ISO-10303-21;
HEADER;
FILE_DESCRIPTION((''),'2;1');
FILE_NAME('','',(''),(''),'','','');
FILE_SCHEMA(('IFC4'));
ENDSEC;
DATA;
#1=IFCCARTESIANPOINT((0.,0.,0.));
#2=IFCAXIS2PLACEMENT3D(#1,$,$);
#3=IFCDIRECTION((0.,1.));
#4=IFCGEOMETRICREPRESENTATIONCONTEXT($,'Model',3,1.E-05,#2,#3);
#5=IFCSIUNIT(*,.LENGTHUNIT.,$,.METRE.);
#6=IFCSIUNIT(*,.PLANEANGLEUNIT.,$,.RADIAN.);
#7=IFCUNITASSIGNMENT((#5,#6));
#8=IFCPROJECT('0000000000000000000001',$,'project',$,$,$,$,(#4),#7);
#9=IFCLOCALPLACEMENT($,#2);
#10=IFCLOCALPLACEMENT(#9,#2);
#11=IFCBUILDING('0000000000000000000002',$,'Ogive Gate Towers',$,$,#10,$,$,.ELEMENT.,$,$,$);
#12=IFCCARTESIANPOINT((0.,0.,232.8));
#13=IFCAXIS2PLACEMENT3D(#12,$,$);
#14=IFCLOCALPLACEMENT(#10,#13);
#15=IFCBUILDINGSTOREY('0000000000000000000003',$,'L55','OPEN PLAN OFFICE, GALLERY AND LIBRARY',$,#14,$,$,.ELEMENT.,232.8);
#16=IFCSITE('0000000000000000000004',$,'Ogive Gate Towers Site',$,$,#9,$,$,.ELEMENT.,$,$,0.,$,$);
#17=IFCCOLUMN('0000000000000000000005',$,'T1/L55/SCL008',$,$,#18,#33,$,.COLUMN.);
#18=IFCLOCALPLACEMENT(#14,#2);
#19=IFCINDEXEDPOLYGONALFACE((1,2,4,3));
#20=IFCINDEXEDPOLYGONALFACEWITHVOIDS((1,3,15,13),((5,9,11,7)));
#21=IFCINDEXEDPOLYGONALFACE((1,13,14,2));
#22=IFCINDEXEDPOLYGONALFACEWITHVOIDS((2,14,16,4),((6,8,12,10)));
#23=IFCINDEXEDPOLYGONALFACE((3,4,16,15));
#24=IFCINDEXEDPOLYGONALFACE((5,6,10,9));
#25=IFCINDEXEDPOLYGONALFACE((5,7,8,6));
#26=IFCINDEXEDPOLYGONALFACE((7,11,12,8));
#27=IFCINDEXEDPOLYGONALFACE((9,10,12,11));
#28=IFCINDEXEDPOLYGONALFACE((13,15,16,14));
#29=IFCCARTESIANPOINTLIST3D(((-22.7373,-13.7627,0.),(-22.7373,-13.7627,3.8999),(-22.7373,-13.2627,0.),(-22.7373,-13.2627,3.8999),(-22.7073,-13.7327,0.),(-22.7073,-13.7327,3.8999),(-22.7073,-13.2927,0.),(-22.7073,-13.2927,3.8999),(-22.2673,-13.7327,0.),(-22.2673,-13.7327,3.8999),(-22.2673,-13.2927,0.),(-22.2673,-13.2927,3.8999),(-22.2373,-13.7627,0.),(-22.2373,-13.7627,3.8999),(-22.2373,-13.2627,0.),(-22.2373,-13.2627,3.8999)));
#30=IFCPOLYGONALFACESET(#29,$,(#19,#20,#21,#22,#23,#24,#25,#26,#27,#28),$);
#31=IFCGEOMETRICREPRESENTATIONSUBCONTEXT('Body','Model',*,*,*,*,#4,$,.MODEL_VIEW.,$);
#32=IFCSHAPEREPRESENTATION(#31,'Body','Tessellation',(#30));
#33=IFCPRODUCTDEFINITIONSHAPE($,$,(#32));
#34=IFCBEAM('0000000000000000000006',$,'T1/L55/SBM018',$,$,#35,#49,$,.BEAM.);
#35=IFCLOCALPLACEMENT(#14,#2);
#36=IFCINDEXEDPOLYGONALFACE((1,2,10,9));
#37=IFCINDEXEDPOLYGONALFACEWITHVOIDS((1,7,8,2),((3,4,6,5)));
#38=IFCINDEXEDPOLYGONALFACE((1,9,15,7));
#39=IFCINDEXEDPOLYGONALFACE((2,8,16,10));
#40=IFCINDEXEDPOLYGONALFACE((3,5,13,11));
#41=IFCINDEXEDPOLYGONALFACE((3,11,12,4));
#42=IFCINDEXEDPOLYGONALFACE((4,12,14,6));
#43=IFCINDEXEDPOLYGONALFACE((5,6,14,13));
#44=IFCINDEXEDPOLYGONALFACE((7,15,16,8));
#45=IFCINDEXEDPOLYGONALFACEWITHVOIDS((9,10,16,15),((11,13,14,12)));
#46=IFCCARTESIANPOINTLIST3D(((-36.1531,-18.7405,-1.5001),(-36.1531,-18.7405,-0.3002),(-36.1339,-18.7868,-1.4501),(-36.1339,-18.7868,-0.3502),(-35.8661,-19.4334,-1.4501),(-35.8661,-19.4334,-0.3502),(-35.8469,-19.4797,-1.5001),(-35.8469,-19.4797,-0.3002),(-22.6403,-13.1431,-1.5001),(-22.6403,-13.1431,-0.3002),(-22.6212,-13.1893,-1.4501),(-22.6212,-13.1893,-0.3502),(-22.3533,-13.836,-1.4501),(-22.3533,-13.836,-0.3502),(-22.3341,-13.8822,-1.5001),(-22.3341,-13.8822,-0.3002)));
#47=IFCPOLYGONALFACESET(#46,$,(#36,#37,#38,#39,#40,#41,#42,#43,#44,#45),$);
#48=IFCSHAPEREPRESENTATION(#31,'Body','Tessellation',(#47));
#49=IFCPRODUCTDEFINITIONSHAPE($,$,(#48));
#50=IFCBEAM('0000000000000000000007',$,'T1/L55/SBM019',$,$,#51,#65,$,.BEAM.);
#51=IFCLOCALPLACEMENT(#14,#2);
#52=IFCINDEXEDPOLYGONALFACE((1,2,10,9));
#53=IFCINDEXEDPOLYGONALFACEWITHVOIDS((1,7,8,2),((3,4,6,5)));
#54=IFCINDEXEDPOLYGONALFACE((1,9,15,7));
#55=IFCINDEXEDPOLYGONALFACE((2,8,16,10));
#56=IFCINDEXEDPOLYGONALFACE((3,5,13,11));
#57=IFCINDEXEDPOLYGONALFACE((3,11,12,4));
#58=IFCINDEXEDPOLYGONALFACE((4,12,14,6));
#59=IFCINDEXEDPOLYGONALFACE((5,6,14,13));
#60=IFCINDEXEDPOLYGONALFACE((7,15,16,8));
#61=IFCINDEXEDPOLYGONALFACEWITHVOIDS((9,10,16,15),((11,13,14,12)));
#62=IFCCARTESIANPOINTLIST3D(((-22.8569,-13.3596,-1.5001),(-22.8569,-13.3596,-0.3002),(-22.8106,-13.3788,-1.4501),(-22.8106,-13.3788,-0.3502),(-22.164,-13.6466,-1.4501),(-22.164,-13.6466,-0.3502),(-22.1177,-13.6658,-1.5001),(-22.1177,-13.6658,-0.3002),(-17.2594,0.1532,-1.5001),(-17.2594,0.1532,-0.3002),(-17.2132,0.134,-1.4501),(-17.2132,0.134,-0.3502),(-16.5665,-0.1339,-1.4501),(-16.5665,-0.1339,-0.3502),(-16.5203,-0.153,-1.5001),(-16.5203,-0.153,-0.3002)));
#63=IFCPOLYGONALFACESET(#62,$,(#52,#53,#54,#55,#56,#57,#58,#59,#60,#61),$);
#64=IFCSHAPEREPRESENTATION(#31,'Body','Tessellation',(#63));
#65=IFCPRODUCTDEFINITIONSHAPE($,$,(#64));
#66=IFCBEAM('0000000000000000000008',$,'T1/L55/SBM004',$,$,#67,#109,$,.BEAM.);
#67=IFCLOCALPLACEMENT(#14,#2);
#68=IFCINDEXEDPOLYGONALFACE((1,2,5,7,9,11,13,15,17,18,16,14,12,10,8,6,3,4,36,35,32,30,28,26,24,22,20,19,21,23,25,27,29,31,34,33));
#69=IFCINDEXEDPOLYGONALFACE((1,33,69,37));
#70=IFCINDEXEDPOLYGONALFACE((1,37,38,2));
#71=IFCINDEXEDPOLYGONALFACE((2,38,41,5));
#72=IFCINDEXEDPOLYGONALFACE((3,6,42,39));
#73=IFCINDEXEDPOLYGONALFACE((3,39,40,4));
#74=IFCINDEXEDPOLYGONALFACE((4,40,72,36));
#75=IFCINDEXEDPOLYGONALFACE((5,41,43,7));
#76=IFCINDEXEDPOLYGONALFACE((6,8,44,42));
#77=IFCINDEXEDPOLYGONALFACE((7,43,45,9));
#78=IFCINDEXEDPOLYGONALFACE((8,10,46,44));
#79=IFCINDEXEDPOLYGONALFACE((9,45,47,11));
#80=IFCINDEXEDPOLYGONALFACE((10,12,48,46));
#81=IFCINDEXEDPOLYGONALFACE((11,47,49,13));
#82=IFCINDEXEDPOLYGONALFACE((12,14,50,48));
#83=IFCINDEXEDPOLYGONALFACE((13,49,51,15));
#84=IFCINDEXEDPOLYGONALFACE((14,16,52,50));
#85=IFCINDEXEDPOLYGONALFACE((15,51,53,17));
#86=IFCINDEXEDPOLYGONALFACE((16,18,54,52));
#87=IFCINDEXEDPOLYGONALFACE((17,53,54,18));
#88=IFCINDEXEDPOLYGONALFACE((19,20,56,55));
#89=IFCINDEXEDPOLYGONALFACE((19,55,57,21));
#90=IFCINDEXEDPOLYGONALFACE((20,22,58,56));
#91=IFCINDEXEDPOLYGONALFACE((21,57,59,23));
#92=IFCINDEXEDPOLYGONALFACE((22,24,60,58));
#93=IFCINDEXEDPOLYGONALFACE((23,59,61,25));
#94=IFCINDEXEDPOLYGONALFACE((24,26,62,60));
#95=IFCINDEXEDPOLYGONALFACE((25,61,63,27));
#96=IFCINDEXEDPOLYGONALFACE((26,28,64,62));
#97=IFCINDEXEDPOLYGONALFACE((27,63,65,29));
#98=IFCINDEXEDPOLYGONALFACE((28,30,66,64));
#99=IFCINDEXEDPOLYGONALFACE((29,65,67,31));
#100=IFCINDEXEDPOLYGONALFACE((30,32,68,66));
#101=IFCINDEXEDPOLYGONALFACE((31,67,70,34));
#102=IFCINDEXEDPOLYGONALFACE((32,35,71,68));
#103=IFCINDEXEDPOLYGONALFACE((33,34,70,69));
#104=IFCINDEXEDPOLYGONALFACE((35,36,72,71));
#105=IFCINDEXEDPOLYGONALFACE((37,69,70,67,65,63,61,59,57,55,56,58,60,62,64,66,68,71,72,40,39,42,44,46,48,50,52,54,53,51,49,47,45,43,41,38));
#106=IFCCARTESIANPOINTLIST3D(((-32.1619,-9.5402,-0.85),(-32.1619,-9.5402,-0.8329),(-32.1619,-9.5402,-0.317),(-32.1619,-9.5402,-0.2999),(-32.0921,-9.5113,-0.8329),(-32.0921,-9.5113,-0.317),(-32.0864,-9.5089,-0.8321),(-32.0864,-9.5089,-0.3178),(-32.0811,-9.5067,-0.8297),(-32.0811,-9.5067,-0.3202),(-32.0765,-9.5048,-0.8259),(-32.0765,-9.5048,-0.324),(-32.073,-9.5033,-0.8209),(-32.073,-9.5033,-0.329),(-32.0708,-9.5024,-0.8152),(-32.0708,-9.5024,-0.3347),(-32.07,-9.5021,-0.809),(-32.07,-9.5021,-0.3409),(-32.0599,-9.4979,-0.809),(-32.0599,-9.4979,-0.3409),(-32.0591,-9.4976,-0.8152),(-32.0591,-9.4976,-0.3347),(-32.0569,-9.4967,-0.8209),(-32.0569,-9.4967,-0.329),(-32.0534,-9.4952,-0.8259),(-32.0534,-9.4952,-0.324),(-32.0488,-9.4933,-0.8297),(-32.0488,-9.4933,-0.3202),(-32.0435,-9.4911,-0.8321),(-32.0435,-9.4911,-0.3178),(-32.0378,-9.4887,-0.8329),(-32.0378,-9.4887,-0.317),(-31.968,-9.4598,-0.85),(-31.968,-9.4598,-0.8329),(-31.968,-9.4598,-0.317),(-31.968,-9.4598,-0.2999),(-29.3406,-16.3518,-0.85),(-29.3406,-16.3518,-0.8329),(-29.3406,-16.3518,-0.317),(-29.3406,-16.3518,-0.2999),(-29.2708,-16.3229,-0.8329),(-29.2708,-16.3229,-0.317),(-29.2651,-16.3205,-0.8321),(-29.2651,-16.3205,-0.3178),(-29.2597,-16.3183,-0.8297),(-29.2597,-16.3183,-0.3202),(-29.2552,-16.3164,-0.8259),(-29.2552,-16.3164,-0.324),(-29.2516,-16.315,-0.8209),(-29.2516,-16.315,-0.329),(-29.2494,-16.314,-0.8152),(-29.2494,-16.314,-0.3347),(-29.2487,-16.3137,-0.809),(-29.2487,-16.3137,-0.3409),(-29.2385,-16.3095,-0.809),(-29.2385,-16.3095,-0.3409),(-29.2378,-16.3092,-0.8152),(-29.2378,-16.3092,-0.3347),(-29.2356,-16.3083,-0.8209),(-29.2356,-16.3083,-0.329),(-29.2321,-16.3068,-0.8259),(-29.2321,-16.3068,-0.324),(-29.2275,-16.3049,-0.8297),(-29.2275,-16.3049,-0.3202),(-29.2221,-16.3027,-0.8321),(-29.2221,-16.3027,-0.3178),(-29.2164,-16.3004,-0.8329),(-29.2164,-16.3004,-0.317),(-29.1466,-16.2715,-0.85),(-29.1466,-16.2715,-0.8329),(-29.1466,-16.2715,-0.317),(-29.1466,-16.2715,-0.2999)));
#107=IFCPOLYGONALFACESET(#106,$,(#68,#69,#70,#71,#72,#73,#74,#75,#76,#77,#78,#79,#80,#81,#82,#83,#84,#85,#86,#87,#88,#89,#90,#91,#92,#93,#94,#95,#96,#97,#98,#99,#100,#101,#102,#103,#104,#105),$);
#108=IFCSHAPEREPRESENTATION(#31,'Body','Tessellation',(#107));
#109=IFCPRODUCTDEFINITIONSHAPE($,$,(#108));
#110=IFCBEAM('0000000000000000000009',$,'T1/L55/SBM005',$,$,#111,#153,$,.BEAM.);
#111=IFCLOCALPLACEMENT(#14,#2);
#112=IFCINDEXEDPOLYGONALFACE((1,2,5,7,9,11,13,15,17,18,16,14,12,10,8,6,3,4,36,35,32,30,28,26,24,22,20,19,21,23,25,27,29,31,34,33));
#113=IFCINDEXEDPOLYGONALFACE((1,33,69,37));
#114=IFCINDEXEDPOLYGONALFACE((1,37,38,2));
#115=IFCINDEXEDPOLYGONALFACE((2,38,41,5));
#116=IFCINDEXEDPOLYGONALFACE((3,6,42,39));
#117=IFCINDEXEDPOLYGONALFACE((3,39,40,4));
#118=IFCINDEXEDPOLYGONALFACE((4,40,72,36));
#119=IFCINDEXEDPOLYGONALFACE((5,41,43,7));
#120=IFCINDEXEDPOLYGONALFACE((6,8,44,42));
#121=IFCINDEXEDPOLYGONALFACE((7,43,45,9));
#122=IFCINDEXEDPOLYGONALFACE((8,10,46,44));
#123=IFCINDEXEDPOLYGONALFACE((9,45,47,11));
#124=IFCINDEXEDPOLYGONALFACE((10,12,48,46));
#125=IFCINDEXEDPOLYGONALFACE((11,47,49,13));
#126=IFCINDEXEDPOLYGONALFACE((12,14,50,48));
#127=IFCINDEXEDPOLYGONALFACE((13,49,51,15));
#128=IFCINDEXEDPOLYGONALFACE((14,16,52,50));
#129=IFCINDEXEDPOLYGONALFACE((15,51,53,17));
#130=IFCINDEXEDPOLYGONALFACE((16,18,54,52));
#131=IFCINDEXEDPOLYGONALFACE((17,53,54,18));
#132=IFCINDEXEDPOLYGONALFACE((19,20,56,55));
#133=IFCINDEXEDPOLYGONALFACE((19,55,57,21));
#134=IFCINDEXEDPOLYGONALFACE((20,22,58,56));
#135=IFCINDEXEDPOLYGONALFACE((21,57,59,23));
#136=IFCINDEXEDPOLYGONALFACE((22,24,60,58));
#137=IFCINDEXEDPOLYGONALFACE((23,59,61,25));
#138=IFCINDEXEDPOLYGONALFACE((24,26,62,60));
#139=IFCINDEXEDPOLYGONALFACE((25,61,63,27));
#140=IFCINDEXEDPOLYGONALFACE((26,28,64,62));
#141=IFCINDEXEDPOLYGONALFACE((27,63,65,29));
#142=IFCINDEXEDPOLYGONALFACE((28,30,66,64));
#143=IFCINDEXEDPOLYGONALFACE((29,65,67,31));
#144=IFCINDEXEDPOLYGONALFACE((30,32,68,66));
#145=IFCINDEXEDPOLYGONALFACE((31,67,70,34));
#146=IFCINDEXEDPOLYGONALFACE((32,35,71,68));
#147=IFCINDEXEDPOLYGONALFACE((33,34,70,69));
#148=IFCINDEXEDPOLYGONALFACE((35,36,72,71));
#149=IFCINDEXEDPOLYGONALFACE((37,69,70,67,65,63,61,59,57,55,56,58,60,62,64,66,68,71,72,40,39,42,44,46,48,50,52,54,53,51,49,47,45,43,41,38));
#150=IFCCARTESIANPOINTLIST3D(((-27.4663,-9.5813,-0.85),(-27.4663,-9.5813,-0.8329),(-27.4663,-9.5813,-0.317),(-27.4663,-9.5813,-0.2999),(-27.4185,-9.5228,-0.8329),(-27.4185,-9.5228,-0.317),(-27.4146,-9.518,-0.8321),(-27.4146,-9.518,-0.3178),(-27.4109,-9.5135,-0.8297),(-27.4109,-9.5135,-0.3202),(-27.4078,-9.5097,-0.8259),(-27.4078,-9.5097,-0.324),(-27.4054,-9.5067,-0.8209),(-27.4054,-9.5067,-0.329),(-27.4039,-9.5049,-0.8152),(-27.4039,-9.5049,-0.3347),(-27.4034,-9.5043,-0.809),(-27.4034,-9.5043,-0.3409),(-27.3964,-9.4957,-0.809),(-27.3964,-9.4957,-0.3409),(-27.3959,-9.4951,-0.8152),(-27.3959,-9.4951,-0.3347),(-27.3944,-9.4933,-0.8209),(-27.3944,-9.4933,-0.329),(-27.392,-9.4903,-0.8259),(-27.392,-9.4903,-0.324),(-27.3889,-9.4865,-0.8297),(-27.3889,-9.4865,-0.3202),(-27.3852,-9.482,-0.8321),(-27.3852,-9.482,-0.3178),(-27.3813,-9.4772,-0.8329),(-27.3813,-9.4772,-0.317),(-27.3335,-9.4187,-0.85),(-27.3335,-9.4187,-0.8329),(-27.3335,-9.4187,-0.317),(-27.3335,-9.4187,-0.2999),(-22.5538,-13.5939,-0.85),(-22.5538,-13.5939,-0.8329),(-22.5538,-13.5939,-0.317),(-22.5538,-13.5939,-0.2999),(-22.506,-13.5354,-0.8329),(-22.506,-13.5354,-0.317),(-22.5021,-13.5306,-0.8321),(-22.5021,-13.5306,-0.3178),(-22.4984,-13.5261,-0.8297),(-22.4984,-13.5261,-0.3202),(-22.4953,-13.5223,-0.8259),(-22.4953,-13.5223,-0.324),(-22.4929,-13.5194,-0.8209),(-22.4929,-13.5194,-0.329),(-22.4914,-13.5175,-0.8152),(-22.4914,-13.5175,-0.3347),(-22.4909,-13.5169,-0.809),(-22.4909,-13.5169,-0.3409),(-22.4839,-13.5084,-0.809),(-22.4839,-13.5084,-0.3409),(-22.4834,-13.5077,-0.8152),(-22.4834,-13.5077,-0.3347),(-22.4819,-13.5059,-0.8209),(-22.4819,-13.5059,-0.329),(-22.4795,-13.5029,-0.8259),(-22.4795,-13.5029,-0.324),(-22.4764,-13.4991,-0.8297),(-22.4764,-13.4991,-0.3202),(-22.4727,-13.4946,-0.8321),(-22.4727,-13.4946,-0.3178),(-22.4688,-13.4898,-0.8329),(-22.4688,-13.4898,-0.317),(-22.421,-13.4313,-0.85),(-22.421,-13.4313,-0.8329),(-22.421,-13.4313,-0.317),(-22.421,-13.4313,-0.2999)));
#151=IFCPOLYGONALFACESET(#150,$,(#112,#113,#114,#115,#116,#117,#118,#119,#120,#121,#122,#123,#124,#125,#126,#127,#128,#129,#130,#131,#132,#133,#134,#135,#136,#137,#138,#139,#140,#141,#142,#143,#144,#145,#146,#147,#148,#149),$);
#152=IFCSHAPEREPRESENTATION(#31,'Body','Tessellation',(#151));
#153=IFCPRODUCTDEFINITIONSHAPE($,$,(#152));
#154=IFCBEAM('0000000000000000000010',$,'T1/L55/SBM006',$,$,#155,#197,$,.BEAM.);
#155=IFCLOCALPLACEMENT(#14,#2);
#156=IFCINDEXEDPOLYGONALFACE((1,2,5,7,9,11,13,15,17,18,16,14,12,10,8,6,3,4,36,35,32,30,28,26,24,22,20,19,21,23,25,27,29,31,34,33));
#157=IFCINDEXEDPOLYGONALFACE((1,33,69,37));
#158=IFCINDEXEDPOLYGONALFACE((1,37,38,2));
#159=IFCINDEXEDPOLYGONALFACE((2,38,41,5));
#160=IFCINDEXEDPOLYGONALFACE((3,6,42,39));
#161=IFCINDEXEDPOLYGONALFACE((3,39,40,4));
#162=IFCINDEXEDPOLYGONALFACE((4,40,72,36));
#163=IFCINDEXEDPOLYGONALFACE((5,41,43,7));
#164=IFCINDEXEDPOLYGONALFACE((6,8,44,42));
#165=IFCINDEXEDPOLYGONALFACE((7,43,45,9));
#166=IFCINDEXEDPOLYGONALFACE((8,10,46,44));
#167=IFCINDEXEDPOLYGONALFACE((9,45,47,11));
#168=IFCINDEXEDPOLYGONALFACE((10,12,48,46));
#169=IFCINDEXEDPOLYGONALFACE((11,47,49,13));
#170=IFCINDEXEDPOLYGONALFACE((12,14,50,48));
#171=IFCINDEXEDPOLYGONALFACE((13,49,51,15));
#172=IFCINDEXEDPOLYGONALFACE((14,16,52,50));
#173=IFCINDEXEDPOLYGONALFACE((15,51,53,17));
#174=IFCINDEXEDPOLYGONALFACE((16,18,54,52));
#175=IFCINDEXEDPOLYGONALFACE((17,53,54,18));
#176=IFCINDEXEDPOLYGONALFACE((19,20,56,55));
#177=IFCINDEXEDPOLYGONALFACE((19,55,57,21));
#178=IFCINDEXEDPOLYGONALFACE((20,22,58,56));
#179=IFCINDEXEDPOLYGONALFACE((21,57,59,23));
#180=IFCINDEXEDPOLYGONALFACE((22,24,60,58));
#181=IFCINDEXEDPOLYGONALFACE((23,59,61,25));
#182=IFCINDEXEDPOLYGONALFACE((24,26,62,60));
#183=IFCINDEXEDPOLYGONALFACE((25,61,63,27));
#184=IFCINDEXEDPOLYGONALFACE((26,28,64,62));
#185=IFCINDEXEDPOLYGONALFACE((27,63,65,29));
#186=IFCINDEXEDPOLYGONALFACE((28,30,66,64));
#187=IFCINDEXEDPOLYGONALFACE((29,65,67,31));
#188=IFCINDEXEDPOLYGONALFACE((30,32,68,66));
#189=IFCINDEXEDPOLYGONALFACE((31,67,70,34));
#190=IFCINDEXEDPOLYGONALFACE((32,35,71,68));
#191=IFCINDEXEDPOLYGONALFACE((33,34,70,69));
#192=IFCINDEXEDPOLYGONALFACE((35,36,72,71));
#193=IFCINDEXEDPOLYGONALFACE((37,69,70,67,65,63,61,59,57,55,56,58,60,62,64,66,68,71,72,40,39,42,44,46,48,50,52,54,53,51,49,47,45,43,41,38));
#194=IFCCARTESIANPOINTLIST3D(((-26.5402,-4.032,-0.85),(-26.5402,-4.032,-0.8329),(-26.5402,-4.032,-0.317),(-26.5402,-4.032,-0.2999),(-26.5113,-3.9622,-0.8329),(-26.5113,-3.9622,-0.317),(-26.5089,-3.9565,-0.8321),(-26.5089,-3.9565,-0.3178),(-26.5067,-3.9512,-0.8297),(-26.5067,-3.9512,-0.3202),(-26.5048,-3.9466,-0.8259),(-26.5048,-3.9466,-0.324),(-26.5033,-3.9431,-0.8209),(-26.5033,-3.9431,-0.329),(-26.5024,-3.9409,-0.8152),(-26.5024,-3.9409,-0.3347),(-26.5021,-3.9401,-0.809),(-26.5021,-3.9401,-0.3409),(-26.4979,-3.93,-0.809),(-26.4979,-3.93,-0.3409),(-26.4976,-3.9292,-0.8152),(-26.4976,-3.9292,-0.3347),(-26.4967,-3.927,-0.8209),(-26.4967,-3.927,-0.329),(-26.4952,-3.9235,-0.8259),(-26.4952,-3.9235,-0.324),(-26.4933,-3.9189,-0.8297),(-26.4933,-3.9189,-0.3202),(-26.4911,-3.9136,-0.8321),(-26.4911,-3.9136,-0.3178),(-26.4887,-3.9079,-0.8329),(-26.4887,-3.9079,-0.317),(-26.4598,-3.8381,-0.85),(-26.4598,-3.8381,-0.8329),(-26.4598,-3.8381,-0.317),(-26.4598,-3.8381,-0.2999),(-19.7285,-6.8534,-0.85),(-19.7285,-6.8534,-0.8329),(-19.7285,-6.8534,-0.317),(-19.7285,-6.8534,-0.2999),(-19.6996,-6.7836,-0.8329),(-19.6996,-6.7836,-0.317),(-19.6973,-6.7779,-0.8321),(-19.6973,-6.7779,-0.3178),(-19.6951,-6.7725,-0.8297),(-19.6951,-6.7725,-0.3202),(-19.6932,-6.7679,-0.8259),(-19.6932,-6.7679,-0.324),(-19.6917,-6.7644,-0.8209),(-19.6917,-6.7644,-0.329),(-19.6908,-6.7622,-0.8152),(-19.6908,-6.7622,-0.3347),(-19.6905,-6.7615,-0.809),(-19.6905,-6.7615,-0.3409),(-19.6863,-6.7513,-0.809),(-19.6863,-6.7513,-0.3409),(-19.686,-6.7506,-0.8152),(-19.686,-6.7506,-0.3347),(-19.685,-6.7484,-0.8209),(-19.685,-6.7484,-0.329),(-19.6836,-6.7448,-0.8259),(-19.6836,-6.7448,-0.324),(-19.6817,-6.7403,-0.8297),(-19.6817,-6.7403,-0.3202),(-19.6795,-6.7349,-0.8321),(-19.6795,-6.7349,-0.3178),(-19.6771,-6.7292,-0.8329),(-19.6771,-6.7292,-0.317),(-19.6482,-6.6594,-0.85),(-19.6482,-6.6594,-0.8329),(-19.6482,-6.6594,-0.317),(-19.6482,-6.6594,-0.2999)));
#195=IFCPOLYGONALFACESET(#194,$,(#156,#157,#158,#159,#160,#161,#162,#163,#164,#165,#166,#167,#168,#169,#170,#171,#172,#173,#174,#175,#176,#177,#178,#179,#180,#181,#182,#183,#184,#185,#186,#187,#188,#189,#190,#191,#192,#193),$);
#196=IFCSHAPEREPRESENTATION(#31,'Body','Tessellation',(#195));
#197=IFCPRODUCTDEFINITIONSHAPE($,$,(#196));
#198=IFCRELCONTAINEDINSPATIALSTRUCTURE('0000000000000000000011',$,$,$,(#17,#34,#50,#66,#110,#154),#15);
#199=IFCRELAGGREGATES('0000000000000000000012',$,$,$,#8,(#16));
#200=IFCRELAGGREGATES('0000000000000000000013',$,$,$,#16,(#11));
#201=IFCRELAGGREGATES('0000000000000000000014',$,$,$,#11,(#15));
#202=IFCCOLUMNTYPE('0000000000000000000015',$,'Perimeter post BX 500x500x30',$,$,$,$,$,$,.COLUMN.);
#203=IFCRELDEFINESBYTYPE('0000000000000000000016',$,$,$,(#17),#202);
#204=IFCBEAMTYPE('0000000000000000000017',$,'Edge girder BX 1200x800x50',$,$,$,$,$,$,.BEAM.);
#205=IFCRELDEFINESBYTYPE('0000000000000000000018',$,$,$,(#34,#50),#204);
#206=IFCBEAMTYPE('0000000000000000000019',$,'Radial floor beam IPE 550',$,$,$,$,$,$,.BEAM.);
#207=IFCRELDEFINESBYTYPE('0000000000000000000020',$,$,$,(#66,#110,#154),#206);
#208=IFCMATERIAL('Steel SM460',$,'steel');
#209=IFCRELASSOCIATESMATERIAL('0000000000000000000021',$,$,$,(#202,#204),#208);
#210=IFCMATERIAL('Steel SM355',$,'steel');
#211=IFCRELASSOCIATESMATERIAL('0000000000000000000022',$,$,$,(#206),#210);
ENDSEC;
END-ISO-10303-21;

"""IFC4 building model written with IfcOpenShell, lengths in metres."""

from ifc_helpers import new_model, si_unit, direction, frame, origin, origin_2d, place, context, subcontext, project, spatial, hollow_rectangle, i_section, extrude, material, material_profile, profile_set, type_object, element, save


model = new_model("IFC4")

# Units and contexts
model_context = context("Model", 3, precision=1e-05, world=origin(), true_north=direction((0.0, 1.0)))
body_context = subcontext(model_context, "Body", "Model", "MODEL_VIEW")
ifc_project = project(units=[si_unit("LENGTHUNIT", "METRE"), si_unit("PLANEANGLEUNIT", "RADIAN")], contexts=[model_context])

# Site, building, storey
site_placement = place(None, origin())
site = spatial("IfcSite", under=ifc_project, at=site_placement, Name="Ogive Gate Towers Site", CompositionType="ELEMENT", RefElevation=0.0)
building_placement = place(site_placement, origin())
building = spatial("IfcBuilding", under=site, at=building_placement, Name="Ogive Gate Towers", CompositionType="ELEMENT")
storey_placement = place(building_placement, frame((0.0, 0.0, 232.8)))
storey = spatial("IfcBuildingStorey", under=building, at=storey_placement, Name="L55", Description="OPEN PLAN OFFICE, GALLERY AND LIBRARY", CompositionType="ELEMENT", Elevation=232.8)

# Column
ifc_material_1 = material(Name="Steel SM460", Category="steel")
ifc_material_profile_1 = material_profile(ifc_material_1, hollow_rectangle(XDim=0.5, YDim=0.5, WallThickness=0.03, at=origin_2d()), Name="BX 500x500x30")
ifc_profile_set_1 = profile_set([ifc_material_profile_1], Name="Steel SM460")
column_type = type_object("IfcColumnType", Name="Perimeter post BX 500x500x30", PredefinedType="COLUMN", material=ifc_profile_set_1)
column_placement = place(storey_placement, frame((-22.4873, -13.5127, 0.0), z_axis=(0.0, 0.0, 1.0), x_axis=(1.0, 0.0, 0.0)))
element("IfcColumn", 1, at=column_placement, inside=storey, type_object=column_type, Name="T1/L55/SCL008", PredefinedType="COLUMN", context=body_context, shape_type="SweptSolid", body=[
    extrude(hollow_rectangle(XDim=0.5, YDim=0.5, WallThickness=0.03, at=origin_2d()), origin(), (0.0, 0.0, 1.0), 3.8999),
])

# Beams
ifc_material_profile_2 = material_profile(ifc_material_1, hollow_rectangle(XDim=0.8, YDim=1.2, WallThickness=0.05, at=origin_2d()), Name="BX 1200x800x50")
ifc_profile_set_2 = profile_set([ifc_material_profile_2], Name="Steel SM460")
beam_type_1 = type_object("IfcBeamType", Name="Edge girder BX 1200x800x50", PredefinedType="BEAM", material=ifc_profile_set_2)
for number, where, z_axis, x_axis, name in (
    (2, (-36.0, -19.1101, -0.9001), (0.923873, 0.382699, 0.0), (-0.382699, 0.923873, 0.0), "T1/L55/SBM018"),
    (3, (-22.4873, -13.5127, -0.9001), (0.382699, 0.923873, 0.0), (-0.923873, 0.382699, 0.0), "T1/L55/SBM019"),
):
    element("IfcBeam", number, at=place(storey_placement, frame(where, z_axis=z_axis, x_axis=x_axis)), inside=storey, type_object=beam_type_1, Name=name, PredefinedType="BEAM", context=body_context, shape_type="SweptSolid", body=[
        extrude(hollow_rectangle(XDim=0.8, YDim=1.2, WallThickness=0.05, at=origin_2d()), origin(), (0.0, 0.0, 1.0), 14.6262),
    ])
ifc_material_2 = material(Name="Steel SM355", Category="steel")
ifc_material_profile_3 = material_profile(ifc_material_2, i_section(OverallWidth=0.21, OverallDepth=0.55, WebThickness=0.011, FlangeThickness=0.0171, FilletRadius=0.0239, at=origin_2d()), Name="IPE 550")
ifc_profile_set_3 = profile_set([ifc_material_profile_3], Name="Steel SM355")
beam_type_2 = type_object("IfcBeamType", Name="Radial floor beam IPE 550", PredefinedType="BEAM", material=ifc_profile_set_3)
beam_1_placement = place(storey_placement, frame((-32.0649, -9.5, -0.575), z_axis=(0.382668, -0.923886, 0.0), x_axis=(0.923886, 0.382668, 0.0)))
element("IfcBeam", 4, at=beam_1_placement, inside=storey, type_object=beam_type_2, Name="T1/L55/SBM004", PredefinedType="BEAM", context=body_context, shape_type="SweptSolid", body=[
    extrude(i_section(OverallWidth=0.21, OverallDepth=0.55, WebThickness=0.011, FlangeThickness=0.0171, FilletRadius=0.0239, at=origin_2d()), origin(), (0.0, 0.0, 1.0), 7.3728),
])
beam_2_placement = place(storey_placement, frame((-27.3999, -9.5, -0.575), z_axis=(0.774475, -0.632605, 0.0), x_axis=(0.632605, 0.774475, 0.0)))
element("IfcBeam", 5, at=beam_2_placement, inside=storey, type_object=beam_type_2, Name="T1/L55/SBM005", PredefinedType="BEAM", context=body_context, shape_type="SweptSolid", body=[
    extrude(i_section(OverallWidth=0.21, OverallDepth=0.55, WebThickness=0.011, FlangeThickness=0.0171, FilletRadius=0.0239, at=origin_2d()), origin(), (0.0, 0.0, 1.0), 6.343),
])
beam_3_placement = place(storey_placement, frame((-26.5, -3.9351, -0.575), z_axis=(0.923886, -0.382668, 0.0), x_axis=(0.382668, 0.923886, 0.0)))
element("IfcBeam", 6, at=beam_3_placement, inside=storey, type_object=beam_type_2, Name="T1/L55/SBM006", PredefinedType="BEAM", context=body_context, shape_type="SweptSolid", body=[
    extrude(i_section(OverallWidth=0.21, OverallDepth=0.55, WebThickness=0.011, FlangeThickness=0.0171, FilletRadius=0.0239, at=origin_2d()), origin(), (0.0, 0.0, 1.0), 7.3728),
])

save(model, "model.ifc")
